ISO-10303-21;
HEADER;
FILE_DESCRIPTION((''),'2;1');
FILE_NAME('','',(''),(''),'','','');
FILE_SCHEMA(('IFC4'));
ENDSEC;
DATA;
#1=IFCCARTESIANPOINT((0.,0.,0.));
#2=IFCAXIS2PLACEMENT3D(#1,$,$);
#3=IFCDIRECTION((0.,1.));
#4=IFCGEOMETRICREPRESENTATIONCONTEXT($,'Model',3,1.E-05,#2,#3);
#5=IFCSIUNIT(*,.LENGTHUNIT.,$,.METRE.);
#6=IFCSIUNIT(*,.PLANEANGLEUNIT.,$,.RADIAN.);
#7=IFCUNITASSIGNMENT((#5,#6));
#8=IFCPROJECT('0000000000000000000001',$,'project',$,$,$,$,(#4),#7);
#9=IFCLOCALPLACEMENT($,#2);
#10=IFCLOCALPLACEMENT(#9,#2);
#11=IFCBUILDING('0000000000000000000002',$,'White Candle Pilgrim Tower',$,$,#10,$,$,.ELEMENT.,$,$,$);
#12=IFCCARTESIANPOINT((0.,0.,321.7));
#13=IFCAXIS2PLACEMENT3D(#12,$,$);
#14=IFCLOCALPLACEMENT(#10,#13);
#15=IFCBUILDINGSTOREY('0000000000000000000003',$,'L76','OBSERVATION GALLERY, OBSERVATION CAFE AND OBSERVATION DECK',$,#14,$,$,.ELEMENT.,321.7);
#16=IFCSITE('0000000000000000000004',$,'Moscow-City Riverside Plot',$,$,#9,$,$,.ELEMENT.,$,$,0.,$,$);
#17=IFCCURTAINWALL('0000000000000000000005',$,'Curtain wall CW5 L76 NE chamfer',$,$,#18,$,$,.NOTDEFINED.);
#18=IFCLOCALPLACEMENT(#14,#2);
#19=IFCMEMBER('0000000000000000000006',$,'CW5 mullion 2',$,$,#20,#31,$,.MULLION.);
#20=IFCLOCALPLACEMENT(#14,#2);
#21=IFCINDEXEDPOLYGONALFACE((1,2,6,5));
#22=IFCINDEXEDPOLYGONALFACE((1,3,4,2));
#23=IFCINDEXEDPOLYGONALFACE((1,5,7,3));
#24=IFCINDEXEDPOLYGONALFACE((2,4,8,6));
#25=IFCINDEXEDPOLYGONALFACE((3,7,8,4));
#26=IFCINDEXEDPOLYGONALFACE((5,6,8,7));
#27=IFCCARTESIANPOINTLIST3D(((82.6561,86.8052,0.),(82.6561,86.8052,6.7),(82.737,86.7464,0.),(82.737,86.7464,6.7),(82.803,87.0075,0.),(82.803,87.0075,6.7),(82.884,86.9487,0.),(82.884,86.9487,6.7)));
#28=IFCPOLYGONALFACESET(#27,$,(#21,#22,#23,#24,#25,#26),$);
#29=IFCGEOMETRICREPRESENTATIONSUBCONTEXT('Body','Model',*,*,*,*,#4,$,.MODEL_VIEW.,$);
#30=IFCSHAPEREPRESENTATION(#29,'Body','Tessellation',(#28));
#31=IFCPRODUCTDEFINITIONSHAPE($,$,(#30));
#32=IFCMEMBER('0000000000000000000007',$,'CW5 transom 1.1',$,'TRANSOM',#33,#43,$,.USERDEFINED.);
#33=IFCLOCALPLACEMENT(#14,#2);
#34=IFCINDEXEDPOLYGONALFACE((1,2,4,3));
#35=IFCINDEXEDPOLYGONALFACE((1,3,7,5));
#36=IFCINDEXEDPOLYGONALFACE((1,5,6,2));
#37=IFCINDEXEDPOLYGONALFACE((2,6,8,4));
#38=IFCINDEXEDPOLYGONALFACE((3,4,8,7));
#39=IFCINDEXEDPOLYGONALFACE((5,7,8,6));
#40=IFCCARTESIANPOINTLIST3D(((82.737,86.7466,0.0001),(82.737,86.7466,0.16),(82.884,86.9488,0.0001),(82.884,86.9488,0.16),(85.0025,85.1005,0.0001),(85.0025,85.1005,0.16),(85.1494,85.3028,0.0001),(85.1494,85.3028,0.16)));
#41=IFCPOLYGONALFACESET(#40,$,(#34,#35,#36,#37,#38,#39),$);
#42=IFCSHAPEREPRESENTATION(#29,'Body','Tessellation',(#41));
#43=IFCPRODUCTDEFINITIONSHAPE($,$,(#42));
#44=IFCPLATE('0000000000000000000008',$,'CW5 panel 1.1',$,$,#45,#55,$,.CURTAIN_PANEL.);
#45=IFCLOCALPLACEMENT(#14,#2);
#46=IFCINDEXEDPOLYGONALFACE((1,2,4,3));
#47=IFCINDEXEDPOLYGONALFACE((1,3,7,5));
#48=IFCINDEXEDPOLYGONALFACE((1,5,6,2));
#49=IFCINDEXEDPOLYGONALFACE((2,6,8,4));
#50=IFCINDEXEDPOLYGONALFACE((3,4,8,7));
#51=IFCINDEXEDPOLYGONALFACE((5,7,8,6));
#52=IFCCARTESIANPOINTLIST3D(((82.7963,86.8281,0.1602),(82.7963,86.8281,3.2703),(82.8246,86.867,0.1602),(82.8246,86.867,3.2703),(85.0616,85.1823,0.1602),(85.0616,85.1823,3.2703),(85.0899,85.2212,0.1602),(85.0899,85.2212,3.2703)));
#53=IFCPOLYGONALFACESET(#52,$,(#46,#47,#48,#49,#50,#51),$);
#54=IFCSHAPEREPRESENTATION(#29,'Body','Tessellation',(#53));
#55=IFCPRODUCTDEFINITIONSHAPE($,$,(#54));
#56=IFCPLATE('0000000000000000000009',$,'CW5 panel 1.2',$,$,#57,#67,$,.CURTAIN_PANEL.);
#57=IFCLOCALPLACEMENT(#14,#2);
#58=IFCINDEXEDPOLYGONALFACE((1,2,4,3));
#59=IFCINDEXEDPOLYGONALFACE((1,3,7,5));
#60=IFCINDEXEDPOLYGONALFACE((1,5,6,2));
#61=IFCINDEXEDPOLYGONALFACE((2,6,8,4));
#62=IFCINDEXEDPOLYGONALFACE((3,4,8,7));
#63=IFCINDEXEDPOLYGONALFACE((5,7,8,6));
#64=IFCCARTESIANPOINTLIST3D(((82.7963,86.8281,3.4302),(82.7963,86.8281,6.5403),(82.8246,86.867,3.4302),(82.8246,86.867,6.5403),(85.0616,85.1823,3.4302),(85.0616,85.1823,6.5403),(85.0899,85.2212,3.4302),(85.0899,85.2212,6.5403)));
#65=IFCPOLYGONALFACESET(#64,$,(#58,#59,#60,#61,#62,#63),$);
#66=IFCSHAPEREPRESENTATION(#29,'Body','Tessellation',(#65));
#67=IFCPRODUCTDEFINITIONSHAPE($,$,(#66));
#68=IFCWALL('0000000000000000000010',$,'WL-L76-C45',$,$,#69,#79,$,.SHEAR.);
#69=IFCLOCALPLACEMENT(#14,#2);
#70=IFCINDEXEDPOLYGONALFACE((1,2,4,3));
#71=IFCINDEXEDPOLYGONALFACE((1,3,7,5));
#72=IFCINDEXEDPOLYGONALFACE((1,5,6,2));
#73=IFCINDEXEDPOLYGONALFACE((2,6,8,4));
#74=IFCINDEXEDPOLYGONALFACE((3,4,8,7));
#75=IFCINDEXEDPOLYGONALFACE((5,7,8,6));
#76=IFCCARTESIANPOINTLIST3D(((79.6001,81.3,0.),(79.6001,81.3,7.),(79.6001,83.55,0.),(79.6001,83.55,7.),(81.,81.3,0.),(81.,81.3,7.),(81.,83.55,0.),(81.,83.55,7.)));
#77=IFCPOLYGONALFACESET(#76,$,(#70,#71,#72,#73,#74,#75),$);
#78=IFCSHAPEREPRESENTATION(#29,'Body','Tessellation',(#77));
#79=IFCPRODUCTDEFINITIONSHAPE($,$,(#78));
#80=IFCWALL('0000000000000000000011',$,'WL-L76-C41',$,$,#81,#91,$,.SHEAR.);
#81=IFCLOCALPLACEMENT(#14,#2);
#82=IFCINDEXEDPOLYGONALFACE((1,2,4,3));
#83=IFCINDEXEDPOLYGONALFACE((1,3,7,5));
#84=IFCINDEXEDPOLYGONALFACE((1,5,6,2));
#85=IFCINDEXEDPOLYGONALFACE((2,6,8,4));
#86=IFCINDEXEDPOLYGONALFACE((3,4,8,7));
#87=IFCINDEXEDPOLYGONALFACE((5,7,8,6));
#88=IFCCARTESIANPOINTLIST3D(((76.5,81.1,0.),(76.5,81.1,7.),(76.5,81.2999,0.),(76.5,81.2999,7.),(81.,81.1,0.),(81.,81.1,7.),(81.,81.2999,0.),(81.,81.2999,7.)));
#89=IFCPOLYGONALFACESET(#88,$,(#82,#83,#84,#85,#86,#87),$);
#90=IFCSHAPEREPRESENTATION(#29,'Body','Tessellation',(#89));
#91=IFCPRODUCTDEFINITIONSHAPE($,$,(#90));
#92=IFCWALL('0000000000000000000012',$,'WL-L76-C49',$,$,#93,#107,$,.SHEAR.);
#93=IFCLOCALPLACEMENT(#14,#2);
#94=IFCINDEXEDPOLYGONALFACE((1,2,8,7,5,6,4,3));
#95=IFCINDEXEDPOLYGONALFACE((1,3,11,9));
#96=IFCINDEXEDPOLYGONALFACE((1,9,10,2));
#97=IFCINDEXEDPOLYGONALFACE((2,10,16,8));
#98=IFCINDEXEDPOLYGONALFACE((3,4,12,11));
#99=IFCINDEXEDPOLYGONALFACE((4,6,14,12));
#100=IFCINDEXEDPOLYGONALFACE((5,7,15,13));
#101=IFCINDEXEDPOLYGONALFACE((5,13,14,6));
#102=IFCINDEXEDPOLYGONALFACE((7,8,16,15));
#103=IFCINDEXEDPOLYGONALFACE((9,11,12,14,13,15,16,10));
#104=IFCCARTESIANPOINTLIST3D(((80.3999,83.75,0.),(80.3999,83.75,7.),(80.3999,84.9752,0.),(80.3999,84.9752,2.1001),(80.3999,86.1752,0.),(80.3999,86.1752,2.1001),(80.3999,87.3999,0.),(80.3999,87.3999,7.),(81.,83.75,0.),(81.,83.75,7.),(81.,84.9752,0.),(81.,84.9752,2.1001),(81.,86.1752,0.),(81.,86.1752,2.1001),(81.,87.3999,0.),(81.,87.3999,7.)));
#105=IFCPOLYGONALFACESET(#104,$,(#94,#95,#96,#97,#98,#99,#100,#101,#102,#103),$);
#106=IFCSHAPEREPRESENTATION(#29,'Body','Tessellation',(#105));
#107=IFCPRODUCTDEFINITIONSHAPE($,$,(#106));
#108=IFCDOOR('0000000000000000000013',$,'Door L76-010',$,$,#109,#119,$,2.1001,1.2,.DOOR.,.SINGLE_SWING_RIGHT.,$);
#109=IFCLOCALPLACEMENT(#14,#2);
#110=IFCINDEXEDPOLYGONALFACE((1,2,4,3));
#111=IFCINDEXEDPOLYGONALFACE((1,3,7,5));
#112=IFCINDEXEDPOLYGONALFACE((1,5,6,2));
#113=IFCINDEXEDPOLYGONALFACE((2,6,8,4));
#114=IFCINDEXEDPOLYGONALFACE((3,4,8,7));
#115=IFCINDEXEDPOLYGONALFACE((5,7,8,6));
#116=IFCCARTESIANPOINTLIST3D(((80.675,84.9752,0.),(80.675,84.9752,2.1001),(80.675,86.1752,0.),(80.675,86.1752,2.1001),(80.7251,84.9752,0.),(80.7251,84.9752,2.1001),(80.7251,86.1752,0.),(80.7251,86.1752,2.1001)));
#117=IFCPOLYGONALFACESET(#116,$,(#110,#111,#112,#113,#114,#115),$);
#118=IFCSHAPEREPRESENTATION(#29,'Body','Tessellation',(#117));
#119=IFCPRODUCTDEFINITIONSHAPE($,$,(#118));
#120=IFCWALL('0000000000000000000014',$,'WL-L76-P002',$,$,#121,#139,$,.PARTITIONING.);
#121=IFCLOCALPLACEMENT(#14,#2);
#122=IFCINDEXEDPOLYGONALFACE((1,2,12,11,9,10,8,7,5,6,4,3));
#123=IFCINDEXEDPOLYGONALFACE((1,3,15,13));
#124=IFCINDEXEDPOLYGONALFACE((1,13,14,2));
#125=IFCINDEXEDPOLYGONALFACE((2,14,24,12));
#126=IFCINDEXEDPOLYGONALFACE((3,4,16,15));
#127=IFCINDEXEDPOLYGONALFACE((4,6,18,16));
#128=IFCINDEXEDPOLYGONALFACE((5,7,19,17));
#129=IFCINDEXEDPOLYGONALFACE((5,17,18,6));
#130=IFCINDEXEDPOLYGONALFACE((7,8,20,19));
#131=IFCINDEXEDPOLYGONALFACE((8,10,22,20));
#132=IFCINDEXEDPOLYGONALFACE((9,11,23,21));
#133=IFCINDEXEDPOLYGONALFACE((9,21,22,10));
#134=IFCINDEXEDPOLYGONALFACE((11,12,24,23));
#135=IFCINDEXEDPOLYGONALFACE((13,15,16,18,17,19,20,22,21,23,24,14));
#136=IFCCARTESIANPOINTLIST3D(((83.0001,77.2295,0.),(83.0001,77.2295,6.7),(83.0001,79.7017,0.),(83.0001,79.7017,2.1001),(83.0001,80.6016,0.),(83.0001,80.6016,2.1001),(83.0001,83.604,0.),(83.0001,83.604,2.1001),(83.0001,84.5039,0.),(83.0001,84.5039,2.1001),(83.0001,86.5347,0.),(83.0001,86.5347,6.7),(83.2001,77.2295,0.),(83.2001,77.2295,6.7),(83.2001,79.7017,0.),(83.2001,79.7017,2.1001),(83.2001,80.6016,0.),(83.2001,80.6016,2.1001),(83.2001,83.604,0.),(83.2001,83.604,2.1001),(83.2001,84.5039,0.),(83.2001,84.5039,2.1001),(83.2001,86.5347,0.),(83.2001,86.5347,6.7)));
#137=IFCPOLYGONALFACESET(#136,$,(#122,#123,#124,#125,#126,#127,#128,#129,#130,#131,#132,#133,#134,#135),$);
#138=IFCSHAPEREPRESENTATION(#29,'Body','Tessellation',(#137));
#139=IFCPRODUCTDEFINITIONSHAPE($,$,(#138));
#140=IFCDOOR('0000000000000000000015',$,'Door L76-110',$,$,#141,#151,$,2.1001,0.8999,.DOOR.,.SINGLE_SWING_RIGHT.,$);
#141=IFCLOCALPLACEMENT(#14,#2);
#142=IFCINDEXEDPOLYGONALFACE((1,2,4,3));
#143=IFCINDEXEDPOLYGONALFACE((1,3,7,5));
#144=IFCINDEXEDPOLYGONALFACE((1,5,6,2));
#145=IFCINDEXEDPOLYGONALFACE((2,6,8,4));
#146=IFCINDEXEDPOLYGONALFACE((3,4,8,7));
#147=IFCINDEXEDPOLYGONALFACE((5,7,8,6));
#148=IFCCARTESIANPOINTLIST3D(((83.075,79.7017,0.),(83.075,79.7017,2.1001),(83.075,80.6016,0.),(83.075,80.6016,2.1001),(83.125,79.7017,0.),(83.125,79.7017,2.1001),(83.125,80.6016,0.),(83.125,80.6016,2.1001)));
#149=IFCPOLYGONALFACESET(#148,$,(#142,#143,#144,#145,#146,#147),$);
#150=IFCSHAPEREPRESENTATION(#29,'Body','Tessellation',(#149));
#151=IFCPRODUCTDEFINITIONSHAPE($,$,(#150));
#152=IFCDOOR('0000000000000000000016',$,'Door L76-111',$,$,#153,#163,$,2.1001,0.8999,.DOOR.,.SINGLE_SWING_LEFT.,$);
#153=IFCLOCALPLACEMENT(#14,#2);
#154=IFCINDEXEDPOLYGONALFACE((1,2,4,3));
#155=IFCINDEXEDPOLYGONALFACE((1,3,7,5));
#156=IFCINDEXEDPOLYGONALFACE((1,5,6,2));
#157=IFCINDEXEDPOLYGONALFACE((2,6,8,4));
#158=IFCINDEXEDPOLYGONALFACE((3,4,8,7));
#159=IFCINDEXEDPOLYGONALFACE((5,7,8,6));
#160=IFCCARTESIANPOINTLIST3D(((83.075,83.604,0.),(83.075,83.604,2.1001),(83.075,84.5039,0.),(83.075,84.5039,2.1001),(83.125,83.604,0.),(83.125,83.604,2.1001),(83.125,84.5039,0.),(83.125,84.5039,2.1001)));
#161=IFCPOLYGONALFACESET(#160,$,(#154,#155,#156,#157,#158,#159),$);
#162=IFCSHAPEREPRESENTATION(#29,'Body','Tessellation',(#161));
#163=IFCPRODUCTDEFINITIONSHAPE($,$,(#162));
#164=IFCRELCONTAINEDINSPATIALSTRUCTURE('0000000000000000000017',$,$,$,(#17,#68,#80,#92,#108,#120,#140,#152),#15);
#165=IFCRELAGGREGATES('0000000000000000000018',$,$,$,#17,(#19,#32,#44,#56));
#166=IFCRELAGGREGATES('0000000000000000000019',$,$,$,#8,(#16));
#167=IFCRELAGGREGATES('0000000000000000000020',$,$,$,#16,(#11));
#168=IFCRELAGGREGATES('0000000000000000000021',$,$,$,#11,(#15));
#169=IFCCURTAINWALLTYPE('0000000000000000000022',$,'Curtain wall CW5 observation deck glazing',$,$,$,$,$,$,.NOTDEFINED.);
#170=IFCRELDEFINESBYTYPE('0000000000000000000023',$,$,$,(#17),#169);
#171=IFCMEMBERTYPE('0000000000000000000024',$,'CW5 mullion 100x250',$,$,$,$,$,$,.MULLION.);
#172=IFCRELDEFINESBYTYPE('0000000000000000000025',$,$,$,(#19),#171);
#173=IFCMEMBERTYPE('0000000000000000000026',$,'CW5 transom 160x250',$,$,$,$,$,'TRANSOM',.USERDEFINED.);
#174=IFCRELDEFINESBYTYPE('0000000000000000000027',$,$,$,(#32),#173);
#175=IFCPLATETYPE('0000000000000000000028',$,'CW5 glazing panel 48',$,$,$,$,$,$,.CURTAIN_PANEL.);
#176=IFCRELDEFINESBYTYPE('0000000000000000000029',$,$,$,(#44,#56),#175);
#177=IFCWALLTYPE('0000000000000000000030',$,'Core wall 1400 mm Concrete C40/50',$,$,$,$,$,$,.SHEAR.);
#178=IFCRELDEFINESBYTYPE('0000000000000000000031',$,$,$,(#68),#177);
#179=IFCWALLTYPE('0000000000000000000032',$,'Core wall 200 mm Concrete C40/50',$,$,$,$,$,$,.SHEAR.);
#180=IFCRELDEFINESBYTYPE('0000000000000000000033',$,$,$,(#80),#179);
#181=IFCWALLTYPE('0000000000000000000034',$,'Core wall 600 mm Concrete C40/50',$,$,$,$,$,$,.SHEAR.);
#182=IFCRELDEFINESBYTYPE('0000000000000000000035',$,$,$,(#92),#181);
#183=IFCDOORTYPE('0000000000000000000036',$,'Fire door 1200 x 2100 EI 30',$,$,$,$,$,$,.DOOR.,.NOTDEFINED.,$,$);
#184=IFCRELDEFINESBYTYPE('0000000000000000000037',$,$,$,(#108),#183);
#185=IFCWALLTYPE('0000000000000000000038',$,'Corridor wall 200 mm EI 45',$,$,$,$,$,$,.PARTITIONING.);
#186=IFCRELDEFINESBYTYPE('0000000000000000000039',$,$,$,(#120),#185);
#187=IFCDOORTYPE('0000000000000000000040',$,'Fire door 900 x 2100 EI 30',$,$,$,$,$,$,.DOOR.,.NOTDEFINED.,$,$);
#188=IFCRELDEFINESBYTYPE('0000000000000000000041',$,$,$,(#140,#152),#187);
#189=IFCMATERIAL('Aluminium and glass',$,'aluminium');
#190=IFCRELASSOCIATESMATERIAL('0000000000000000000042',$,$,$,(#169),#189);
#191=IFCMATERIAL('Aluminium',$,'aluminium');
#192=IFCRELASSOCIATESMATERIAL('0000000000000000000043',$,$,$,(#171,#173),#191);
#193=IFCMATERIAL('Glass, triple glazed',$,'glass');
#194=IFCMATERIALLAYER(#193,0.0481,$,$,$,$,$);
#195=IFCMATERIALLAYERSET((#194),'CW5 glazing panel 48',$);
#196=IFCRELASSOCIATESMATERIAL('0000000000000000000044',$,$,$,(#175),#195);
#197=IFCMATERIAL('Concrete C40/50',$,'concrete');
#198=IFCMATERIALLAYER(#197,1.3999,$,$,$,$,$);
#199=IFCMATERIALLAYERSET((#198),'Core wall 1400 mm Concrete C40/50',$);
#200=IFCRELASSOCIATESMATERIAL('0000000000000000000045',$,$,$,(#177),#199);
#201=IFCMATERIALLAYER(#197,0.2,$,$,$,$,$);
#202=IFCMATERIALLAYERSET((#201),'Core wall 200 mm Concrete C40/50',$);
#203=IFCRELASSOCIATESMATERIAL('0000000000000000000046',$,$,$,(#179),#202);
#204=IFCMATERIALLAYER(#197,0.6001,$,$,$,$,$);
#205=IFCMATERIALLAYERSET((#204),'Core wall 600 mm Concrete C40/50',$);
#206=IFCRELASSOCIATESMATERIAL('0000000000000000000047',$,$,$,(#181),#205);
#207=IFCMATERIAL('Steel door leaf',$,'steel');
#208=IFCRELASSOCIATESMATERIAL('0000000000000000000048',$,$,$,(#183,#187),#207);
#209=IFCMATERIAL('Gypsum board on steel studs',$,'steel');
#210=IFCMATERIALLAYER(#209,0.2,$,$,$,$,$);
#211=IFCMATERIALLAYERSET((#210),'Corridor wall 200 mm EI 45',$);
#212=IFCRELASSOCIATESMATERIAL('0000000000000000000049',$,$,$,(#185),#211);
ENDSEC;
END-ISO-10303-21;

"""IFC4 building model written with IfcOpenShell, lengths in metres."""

from ifc_helpers import new_model, si_unit, direction, frame, frame_2d, origin, origin_2d, place, context, subcontext, project, spatial, rectangle, extrude, material, layer, layer_set, material_profile, profile_set, type_object, element, fill, aggregate, save


model = new_model("IFC4")

# Units and contexts
model_context = context("Model", 3, precision=1e-05, world=origin(), true_north=direction((0.0, 1.0)))
body_context = subcontext(model_context, "Body", "Model", "MODEL_VIEW")
ifc_project = project(units=[si_unit("LENGTHUNIT", "METRE"), si_unit("PLANEANGLEUNIT", "RADIAN")], contexts=[model_context])

# Site, building, storey
site_placement = place(None, origin())
site = spatial("IfcSite", under=ifc_project, at=site_placement, Name="Moscow-City Riverside Plot", CompositionType="ELEMENT", RefElevation=0.0)
building_placement = place(site_placement, origin())
building = spatial("IfcBuilding", under=site, at=building_placement, Name="White Candle Pilgrim Tower", CompositionType="ELEMENT")
storey_placement = place(building_placement, frame((0.0, 0.0, 321.7)))
storey = spatial("IfcBuildingStorey", under=building, at=storey_placement, Name="L76", Description="OBSERVATION GALLERY, OBSERVATION CAFE AND OBSERVATION DECK", CompositionType="ELEMENT", Elevation=321.7)

# Curtain wall, members, plates
ifc_material_1 = material(Name="Aluminium and glass", Category="aluminium")
curtain_wall_type = type_object("IfcCurtainWallType", Name="Curtain wall CW5 observation deck glazing", PredefinedType="NOTDEFINED", material=ifc_material_1)
curtain_wall_placement = place(storey_placement, origin())
curtain_wall = element("IfcCurtainWall", 1, at=curtain_wall_placement, inside=storey, type_object=curtain_wall_type, Name="Curtain wall CW5 L76 NE chamfer", PredefinedType="NOTDEFINED")
ifc_material_2 = material(Name="Aluminium", Category="aluminium")
ifc_material_profile_1 = material_profile(ifc_material_2, rectangle(XDim=0.25, YDim=0.1001, at=origin_2d()), Name="CW5 mullion 100x250")
ifc_profile_set_1 = profile_set([ifc_material_profile_1], Name="Aluminium")
member_type_1 = type_object("IfcMemberType", Name="CW5 mullion 100x250", PredefinedType="MULLION", material=ifc_profile_set_1)
member_1_placement = place(storey_placement, frame((82.77, 86.877, 0.0), z_axis=(0.0, 0.0, 1.0), x_axis=(-0.587785, -0.809017, 0.0)))
member_1 = element("IfcMember", 2, at=member_1_placement, type_object=member_type_1, Name="CW5 mullion 2", PredefinedType="MULLION", context=body_context, shape_type="SweptSolid", body=[
    extrude(rectangle(XDim=0.25, YDim=0.1001, at=origin_2d()), origin(), (0.0, 0.0, 1.0), 6.7),
])
ifc_material_profile_2 = material_profile(ifc_material_2, rectangle(XDim=0.25, YDim=0.1599, at=origin_2d()), Name="CW5 transom 160x250")
ifc_profile_set_2 = profile_set([ifc_material_profile_2], Name="Aluminium")
member_type_2 = type_object("IfcMemberType", Name="CW5 transom 160x250", ElementType="TRANSOM", PredefinedType="USERDEFINED", material=ifc_profile_set_2)
member_2_placement = place(storey_placement, frame((85.0759, 85.2017, 0.0801), z_axis=(-0.809, 0.587809, 0.0), x_axis=(-0.587809, -0.809, 0.0)))
member_2 = element("IfcMember", 3, at=member_2_placement, type_object=member_type_2, Name="CW5 transom 1.1", ObjectType="TRANSOM", PredefinedType="USERDEFINED", context=body_context, shape_type="SweptSolid", body=[
    extrude(rectangle(XDim=0.25, YDim=0.1599, at=origin_2d()), origin(), (0.0, 0.0, 1.0), 2.8003),
])
ifc_material_3 = material(Name="Glass, triple glazed", Category="glass")
ifc_layer_1 = layer(ifc_material_3, 0.0481)
ifc_layer_set_1 = layer_set([ifc_layer_1], Name="CW5 glazing panel 48")
plate_type = type_object("IfcPlateType", Name="CW5 glazing panel 48", PredefinedType="CURTAIN_PANEL", material=ifc_layer_set_1)
plate_1_placement = place(storey_placement, frame((83.9431, 86.0247, 0.1602), z_axis=(0.0, 0.0, 1.0), x_axis=(-0.809017, 0.587785, 0.0)))
plate_1 = element("IfcPlate", 4, at=plate_1_placement, type_object=plate_type, Name="CW5 panel 1.1", PredefinedType="CURTAIN_PANEL", context=body_context, shape_type="SweptSolid", body=[
    extrude(rectangle(XDim=2.8, YDim=0.0481, at=origin_2d()), origin(), (0.0, 0.0, 1.0), 3.1101),
])
plate_2_placement = place(storey_placement, frame((83.9431, 86.0247, 3.4302), z_axis=(0.0, 0.0, 1.0), x_axis=(-0.809017, 0.587785, 0.0)))
plate_2 = element("IfcPlate", 5, at=plate_2_placement, type_object=plate_type, Name="CW5 panel 1.2", PredefinedType="CURTAIN_PANEL", context=body_context, shape_type="SweptSolid", body=[
    extrude(rectangle(XDim=2.8, YDim=0.0481, at=origin_2d()), origin(), (0.0, 0.0, 1.0), 3.1101),
])
aggregate(curtain_wall, [member_1, member_2, plate_1, plate_2])

# Walls
ifc_material_4 = material(Name="Concrete C40/50", Category="concrete")
ifc_layer_2 = layer(ifc_material_4, 1.3999)
ifc_layer_set_2 = layer_set([ifc_layer_2], Name="Core wall 1400 mm Concrete C40/50")
wall_type_1 = type_object("IfcWallType", Name="Core wall 1400 mm Concrete C40/50", PredefinedType="SHEAR", material=ifc_layer_set_2)
wall_1_placement = place(storey_placement, frame((80.3, 81.3, 0.0), z_axis=(0.0, 0.0, 1.0), x_axis=(0.0, 1.0, 0.0)))
element("IfcWall", 6, at=wall_1_placement, inside=storey, type_object=wall_type_1, Name="WL-L76-C45", PredefinedType="SHEAR", context=body_context, shape_type="SweptSolid", body=[
    extrude(rectangle(XDim=2.25, YDim=1.3999, at=frame_2d((1.125, 0.0))), origin(), (0.0, 0.0, 1.0), 7.0),
])
ifc_layer_3 = layer(ifc_material_4, 0.2)
ifc_layer_set_3 = layer_set([ifc_layer_3], Name="Core wall 200 mm Concrete C40/50")
wall_type_2 = type_object("IfcWallType", Name="Core wall 200 mm Concrete C40/50", PredefinedType="SHEAR", material=ifc_layer_set_3)
wall_2_placement = place(storey_placement, frame((76.5, 81.2, 0.0), z_axis=(0.0, 0.0, 1.0), x_axis=(1.0, 0.0, 0.0)))
element("IfcWall", 7, at=wall_2_placement, inside=storey, type_object=wall_type_2, Name="WL-L76-C41", PredefinedType="SHEAR", context=body_context, shape_type="SweptSolid", body=[
    extrude(rectangle(XDim=4.5, YDim=0.2, at=frame_2d((2.25, 0.0))), origin(), (0.0, 0.0, 1.0), 7.0),
])

# Wall, opening, door
ifc_layer_4 = layer(ifc_material_4, 0.6001)
ifc_layer_set_4 = layer_set([ifc_layer_4], Name="Core wall 600 mm Concrete C40/50")
wall_type_3 = type_object("IfcWallType", Name="Core wall 600 mm Concrete C40/50", PredefinedType="SHEAR", material=ifc_layer_set_4)
wall_3_placement = place(storey_placement, frame((80.7, 83.75, 0.0), z_axis=(0.0, 0.0, 1.0), x_axis=(0.0, 1.0, 0.0)))
wall_3 = element("IfcWall", 8, at=wall_3_placement, inside=storey, type_object=wall_type_3, Name="WL-L76-C49", PredefinedType="SHEAR", context=body_context, shape_type="SweptSolid", body=[
    extrude(rectangle(XDim=3.6499, YDim=0.6001, at=frame_2d((1.825, 0.0))), origin(), (0.0, 0.0, 1.0), 7.0),
])
opening_1_placement = place(wall_3_placement, frame((1.2251, 0.0, 0.0)))
opening_1 = element("IfcOpeningElement", 9, at=opening_1_placement, cuts=wall_3, PredefinedType="OPENING", context=body_context, shape_type="SweptSolid", body=[
    extrude(rectangle(XDim=1.2, YDim=2.1001, at=frame_2d((0.6001, 1.05))), frame((0.0, 0.3101, 0.0), z_axis=(0.0, -1.0, 0.0), x_axis=(1.0, 0.0, 0.0)), (0.0, 0.0, 1.0), 0.6201),
])
ifc_material_5 = material(Name="Steel door leaf", Category="steel")
door_type_1 = type_object("IfcDoorType", Name="Fire door 1200 x 2100 EI 30", OperationType="NOTDEFINED", PredefinedType="DOOR", material=ifc_material_5)
door_1_placement = place(opening_1_placement, origin())
door_1 = element("IfcDoor", 10, at=door_1_placement, inside=storey, type_object=door_type_1, Name="Door L76-010", OperationType="SINGLE_SWING_RIGHT", OverallHeight=2.1001, OverallWidth=1.2, PredefinedType="DOOR", context=body_context, shape_type="SweptSolid", body=[
    extrude(rectangle(XDim=1.2, YDim=2.1001, at=frame_2d((0.6001, 1.05))), frame((0.0, 0.0249, 0.0), z_axis=(0.0, -1.0, 0.0), x_axis=(1.0, 0.0, 0.0)), (0.0, 0.0, 1.0), 0.05),
])
fill(opening_1, door_1)

# Wall, openings, doors
ifc_material_6 = material(Name="Gypsum board on steel studs", Category="steel")
ifc_layer_5 = layer(ifc_material_6, 0.2)
ifc_layer_set_5 = layer_set([ifc_layer_5], Name="Corridor wall 200 mm EI 45")
wall_type_4 = type_object("IfcWallType", Name="Corridor wall 200 mm EI 45", PredefinedType="PARTITIONING", material=ifc_layer_set_5)
wall_4_placement = place(storey_placement, frame((83.1001, 86.5347, 0.0), z_axis=(0.0, 0.0, 1.0), x_axis=(0.0, -1.0, 0.0)))
wall_4 = element("IfcWall", 11, at=wall_4_placement, inside=storey, type_object=wall_type_4, Name="WL-L76-P002", PredefinedType="PARTITIONING", context=body_context, shape_type="SweptSolid", body=[
    extrude(rectangle(XDim=9.3052, YDim=0.2, at=frame_2d((4.6526, 0.0))), origin(), (0.0, 0.0, 1.0), 6.7),
])
opening_2_placement = place(wall_4_placement, frame((5.9331, 0.0, 0.0)))
opening_2 = element("IfcOpeningElement", 12, at=opening_2_placement, cuts=wall_4, PredefinedType="OPENING", context=body_context, shape_type="SweptSolid", body=[
    extrude(rectangle(XDim=0.8999, YDim=2.1001, at=frame_2d((0.45, 1.05))), frame((0.0, 0.1099, 0.0), z_axis=(0.0, -1.0, 0.0), x_axis=(1.0, 0.0, 0.0)), (0.0, 0.0, 1.0), 0.22),
])
opening_3_placement = place(wall_4_placement, frame((2.0308, 0.0, 0.0)))
opening_3 = element("IfcOpeningElement", 13, at=opening_3_placement, cuts=wall_4, PredefinedType="OPENING", context=body_context, shape_type="SweptSolid", body=[
    extrude(rectangle(XDim=0.8999, YDim=2.1001, at=frame_2d((0.45, 1.05))), frame((0.0, 0.1099, 0.0), z_axis=(0.0, -1.0, 0.0), x_axis=(1.0, 0.0, 0.0)), (0.0, 0.0, 1.0), 0.22),
])
door_type_2 = type_object("IfcDoorType", Name="Fire door 900 x 2100 EI 30", OperationType="NOTDEFINED", PredefinedType="DOOR", material=ifc_material_5)
door_2_placement = place(opening_2_placement, origin())
door_2 = element("IfcDoor", 14, at=door_2_placement, inside=storey, type_object=door_type_2, Name="Door L76-110", OperationType="SINGLE_SWING_RIGHT", OverallHeight=2.1001, OverallWidth=0.8999, PredefinedType="DOOR", context=body_context, shape_type="SweptSolid", body=[
    extrude(rectangle(XDim=0.8999, YDim=2.1001, at=frame_2d((0.45, 1.05))), frame((0.0, 0.0249, 0.0), z_axis=(0.0, -1.0, 0.0), x_axis=(1.0, 0.0, 0.0)), (0.0, 0.0, 1.0), 0.05),
])
fill(opening_2, door_2)
door_3_placement = place(opening_3_placement, origin())
door_3 = element("IfcDoor", 15, at=door_3_placement, inside=storey, type_object=door_type_2, Name="Door L76-111", OperationType="SINGLE_SWING_LEFT", OverallHeight=2.1001, OverallWidth=0.8999, PredefinedType="DOOR", context=body_context, shape_type="SweptSolid", body=[
    extrude(rectangle(XDim=0.8999, YDim=2.1001, at=frame_2d((0.45, 1.05))), frame((0.0, 0.0249, 0.0), z_axis=(0.0, -1.0, 0.0), x_axis=(1.0, 0.0, 0.0)), (0.0, 0.0, 1.0), 0.05),
])
fill(opening_3, door_3)

save(model, "model.ifc")
